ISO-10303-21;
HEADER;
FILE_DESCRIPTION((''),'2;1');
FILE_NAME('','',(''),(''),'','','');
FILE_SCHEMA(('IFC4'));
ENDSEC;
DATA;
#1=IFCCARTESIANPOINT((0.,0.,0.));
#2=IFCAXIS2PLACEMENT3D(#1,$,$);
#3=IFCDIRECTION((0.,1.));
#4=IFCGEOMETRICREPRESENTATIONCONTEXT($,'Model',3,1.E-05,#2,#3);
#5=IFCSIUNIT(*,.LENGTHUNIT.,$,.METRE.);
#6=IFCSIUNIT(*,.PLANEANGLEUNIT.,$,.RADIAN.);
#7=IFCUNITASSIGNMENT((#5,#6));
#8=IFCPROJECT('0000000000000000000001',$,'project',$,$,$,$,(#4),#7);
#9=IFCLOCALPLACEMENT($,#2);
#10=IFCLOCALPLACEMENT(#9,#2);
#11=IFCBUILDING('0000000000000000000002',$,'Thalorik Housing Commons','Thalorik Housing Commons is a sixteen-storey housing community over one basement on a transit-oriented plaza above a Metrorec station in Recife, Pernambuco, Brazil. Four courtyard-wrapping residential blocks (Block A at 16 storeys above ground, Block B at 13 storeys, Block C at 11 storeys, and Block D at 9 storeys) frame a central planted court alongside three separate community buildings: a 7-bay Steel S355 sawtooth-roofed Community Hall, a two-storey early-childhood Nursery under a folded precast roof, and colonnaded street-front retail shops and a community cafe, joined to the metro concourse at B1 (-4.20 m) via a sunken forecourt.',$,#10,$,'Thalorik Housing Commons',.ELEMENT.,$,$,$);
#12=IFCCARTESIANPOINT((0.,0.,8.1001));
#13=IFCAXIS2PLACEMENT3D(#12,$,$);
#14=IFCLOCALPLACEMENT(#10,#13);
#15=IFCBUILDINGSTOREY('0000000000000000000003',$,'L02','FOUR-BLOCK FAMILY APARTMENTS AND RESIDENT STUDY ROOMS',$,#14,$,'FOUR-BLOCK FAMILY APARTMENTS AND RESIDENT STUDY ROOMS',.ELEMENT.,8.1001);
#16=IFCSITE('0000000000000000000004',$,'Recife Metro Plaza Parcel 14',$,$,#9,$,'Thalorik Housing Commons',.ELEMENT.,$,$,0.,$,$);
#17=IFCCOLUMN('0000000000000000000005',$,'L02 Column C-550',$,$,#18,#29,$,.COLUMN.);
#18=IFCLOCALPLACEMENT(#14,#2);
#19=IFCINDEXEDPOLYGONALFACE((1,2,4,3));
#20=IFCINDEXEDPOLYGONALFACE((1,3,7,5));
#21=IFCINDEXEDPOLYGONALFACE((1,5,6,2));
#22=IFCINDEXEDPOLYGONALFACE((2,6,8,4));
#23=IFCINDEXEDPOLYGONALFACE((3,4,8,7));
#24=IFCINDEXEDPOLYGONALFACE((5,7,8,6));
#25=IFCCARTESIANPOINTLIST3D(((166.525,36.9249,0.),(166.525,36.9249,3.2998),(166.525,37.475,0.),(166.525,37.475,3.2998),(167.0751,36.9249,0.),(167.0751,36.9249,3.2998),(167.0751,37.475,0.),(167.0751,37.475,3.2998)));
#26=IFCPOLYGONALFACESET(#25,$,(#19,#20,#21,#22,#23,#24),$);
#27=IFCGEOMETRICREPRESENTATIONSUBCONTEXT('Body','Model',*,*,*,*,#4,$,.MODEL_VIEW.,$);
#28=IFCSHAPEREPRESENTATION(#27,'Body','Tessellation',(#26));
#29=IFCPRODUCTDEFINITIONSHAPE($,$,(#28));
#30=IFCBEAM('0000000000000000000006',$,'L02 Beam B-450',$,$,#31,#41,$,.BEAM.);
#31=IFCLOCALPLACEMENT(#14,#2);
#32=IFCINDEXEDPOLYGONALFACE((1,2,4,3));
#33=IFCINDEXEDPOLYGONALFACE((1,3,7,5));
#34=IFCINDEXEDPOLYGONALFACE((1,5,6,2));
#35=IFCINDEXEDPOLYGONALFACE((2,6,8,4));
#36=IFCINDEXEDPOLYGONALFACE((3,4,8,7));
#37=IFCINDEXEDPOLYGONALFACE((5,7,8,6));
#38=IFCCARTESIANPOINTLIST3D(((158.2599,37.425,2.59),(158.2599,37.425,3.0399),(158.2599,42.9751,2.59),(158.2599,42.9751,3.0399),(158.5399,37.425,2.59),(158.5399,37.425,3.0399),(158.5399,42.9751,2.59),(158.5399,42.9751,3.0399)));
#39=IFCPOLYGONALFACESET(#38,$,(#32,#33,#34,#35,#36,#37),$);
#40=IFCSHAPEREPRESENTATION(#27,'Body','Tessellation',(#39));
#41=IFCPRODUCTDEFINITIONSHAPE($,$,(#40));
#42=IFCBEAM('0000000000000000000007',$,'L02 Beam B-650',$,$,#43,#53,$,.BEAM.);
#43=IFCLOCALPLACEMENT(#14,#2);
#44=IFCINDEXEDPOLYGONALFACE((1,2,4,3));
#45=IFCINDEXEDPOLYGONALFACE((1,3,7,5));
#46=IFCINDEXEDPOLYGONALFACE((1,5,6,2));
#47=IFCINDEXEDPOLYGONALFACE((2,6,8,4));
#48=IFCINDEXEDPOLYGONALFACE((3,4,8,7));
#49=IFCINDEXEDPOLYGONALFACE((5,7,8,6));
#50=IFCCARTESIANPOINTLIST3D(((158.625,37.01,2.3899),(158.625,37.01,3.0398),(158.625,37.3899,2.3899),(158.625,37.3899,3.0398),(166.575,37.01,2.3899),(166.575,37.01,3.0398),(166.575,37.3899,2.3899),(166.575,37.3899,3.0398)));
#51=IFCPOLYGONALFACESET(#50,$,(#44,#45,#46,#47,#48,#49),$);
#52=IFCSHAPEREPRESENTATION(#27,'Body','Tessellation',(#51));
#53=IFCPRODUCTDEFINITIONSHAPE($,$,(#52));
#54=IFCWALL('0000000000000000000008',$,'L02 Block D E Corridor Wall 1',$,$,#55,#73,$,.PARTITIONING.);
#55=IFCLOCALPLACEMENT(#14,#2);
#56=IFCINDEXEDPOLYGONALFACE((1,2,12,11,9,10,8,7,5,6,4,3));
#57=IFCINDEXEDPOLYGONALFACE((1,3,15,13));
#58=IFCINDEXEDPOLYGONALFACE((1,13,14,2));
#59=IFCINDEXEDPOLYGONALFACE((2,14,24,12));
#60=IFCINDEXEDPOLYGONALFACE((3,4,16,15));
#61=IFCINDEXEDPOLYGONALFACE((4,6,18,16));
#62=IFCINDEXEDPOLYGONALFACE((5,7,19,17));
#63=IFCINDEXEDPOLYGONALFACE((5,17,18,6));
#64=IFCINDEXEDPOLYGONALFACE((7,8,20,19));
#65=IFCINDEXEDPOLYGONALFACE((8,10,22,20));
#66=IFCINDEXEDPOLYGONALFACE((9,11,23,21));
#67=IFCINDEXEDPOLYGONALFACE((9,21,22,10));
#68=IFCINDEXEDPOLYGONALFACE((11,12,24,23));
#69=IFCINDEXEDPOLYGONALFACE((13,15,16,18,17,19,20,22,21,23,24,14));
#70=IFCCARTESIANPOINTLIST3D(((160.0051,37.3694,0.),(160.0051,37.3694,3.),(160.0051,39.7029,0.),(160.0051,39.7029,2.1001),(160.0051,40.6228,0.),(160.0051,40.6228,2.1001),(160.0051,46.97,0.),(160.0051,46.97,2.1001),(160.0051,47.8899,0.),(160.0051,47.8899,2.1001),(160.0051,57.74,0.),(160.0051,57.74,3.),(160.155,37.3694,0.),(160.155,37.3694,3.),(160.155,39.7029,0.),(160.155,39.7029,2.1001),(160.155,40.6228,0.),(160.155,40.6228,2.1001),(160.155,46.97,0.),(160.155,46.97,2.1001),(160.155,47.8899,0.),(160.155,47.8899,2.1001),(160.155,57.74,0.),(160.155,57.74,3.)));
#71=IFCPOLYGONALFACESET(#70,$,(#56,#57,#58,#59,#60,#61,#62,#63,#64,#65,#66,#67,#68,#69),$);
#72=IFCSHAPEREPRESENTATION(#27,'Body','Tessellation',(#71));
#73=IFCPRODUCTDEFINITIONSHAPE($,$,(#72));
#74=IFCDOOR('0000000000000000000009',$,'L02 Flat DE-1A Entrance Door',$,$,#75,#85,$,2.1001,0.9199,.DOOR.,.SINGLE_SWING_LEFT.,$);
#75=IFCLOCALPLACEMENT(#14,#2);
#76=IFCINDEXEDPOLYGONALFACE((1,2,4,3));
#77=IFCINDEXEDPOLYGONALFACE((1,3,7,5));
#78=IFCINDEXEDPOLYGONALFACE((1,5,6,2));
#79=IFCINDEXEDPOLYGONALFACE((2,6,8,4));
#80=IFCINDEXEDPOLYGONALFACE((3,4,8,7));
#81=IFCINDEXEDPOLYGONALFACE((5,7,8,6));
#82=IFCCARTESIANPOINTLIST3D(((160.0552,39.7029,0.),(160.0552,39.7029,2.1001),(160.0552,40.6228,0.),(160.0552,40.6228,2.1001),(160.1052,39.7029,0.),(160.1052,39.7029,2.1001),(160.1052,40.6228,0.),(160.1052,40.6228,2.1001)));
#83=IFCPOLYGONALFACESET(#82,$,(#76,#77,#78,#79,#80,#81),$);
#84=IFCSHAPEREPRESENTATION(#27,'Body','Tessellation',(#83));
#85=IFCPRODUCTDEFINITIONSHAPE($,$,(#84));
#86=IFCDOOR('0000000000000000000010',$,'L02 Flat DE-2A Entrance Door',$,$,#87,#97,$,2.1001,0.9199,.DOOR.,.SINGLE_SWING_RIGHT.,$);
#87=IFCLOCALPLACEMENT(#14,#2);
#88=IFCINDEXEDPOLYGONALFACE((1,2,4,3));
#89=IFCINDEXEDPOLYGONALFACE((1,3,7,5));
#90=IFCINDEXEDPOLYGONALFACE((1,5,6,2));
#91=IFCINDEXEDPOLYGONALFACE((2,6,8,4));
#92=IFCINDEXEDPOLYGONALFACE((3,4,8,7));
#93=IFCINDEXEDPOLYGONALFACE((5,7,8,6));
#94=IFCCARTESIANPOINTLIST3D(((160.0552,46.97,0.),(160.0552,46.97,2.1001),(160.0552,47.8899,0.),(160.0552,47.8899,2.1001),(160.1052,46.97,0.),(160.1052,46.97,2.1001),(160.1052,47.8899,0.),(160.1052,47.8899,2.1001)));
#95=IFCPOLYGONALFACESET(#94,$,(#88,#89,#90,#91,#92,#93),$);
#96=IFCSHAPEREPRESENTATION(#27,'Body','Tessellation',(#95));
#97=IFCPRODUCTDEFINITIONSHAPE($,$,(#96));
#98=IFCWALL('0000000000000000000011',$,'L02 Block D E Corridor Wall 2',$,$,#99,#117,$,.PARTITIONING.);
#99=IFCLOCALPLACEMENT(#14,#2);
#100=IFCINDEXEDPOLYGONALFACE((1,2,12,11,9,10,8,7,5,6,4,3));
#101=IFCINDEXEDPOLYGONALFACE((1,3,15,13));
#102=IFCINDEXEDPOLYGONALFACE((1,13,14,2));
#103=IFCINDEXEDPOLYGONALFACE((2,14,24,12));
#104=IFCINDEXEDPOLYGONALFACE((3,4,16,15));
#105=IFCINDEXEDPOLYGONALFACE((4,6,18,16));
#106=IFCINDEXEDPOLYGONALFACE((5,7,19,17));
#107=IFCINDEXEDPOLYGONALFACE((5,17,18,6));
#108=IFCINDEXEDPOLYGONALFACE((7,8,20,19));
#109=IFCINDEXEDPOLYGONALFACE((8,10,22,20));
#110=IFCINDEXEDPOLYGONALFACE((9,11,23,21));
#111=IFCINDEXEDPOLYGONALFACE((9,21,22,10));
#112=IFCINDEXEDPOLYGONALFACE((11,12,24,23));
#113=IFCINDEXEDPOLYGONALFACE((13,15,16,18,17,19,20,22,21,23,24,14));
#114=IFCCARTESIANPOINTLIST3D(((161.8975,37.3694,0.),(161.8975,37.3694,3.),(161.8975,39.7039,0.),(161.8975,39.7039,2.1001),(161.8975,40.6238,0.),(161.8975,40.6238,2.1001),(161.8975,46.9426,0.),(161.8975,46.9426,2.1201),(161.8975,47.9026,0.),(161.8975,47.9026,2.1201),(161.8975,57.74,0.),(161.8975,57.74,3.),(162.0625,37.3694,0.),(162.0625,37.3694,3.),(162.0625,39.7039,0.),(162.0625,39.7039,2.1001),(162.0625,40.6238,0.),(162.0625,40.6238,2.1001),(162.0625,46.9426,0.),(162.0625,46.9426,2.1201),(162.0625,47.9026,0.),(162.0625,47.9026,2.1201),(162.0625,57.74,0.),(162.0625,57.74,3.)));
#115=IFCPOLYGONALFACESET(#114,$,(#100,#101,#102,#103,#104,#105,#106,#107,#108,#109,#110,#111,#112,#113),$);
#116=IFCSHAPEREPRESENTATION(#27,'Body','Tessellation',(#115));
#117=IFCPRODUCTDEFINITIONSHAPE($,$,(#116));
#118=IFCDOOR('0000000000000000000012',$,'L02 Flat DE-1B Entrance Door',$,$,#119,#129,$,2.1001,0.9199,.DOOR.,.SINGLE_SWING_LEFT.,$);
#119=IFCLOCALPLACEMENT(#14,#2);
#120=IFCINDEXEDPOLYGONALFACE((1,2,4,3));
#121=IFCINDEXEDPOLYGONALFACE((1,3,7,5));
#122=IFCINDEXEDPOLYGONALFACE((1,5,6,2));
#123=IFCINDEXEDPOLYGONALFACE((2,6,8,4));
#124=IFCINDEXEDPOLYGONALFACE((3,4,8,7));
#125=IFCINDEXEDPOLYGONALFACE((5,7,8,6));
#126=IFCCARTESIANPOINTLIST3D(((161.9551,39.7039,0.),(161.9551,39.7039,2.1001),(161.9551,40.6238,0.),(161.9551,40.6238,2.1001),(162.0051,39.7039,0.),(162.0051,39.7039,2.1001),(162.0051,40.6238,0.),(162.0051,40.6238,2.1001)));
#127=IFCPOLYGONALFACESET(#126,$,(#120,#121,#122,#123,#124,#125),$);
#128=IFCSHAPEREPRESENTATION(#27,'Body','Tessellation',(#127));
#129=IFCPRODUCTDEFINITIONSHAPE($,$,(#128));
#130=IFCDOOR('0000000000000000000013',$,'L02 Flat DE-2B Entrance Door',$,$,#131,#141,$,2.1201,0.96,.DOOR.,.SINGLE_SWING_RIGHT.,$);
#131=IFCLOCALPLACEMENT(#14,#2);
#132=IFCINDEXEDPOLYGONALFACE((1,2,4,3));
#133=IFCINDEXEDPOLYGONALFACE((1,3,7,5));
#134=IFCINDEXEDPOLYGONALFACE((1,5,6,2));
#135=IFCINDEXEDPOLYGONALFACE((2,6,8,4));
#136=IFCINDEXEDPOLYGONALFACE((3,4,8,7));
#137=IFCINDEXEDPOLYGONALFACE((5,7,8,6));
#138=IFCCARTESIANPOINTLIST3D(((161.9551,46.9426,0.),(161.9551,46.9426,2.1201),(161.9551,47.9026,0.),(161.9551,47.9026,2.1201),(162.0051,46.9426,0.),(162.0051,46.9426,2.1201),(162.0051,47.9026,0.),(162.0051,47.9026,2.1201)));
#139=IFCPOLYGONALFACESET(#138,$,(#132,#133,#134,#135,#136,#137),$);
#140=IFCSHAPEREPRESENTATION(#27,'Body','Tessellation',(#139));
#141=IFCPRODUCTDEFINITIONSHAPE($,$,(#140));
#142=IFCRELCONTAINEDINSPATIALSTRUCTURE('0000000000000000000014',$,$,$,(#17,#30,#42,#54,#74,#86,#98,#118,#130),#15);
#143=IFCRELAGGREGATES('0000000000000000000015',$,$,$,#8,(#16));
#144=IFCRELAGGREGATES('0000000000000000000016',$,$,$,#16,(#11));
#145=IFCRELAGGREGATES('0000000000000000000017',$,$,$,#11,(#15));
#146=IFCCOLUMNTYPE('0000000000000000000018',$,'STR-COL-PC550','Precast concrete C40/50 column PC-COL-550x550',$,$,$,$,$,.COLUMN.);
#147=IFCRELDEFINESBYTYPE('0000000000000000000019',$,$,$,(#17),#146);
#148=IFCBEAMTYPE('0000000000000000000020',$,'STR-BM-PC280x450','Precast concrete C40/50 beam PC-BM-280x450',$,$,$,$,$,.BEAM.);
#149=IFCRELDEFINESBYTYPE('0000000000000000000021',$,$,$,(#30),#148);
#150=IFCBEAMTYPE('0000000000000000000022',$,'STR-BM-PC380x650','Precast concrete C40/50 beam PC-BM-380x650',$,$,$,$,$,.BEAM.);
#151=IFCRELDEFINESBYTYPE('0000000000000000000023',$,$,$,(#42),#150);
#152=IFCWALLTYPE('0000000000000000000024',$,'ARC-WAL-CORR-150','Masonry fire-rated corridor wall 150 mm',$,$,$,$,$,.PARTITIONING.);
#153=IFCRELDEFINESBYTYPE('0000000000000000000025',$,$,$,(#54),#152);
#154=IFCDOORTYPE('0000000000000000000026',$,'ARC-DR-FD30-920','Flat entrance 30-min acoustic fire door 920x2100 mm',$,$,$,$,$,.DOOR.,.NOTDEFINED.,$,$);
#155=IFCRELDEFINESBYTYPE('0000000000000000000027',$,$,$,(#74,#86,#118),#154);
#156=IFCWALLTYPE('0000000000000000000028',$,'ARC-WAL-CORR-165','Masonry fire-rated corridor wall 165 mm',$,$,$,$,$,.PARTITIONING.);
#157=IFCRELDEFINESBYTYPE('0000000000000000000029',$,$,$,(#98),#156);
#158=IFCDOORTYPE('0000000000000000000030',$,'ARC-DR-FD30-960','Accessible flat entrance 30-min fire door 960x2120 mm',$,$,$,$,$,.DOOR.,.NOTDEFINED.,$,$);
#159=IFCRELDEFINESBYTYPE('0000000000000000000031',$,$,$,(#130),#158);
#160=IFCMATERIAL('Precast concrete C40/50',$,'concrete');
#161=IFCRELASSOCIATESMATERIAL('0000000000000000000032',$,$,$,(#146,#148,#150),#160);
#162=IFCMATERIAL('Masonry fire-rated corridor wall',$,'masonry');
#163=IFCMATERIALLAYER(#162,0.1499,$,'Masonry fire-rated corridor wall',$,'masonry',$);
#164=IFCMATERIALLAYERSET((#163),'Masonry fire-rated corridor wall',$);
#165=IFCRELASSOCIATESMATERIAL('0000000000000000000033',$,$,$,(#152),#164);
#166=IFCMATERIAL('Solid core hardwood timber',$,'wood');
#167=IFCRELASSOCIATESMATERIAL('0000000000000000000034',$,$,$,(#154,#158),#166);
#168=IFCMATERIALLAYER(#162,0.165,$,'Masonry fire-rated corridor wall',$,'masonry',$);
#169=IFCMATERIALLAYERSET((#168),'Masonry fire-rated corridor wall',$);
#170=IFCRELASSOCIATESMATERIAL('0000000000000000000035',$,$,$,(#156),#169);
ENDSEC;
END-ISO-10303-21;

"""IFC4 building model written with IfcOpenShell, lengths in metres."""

from ifc_helpers import new_model, si_unit, direction, frame, frame_2d, origin, origin_2d, place, context, subcontext, project, spatial, rectangle, extrude, material, layer, layer_set, material_profile, profile_set, type_object, element, fill, save


model = new_model("IFC4")

# Units and contexts
model_context = context("Model", 3, precision=1e-05, world=origin(), true_north=direction((0.0, 1.0)))
body_context = subcontext(model_context, "Body", "Model", "MODEL_VIEW")
ifc_project = project(units=[si_unit("LENGTHUNIT", "METRE"), si_unit("PLANEANGLEUNIT", "RADIAN")], contexts=[model_context])

# Site, building, storey
site_placement = place(None, origin())
site = spatial("IfcSite", under=ifc_project, at=site_placement, Name="Recife Metro Plaza Parcel 14", LongName="Thalorik Housing Commons", CompositionType="ELEMENT", RefElevation=0.0)
building_placement = place(site_placement, origin())
building = spatial("IfcBuilding", under=site, at=building_placement, Name="Thalorik Housing Commons", Description="Thalorik Housing Commons is a sixteen-storey housing community over one basement on a transit-oriented plaza above a Metrorec station in Recife, Pernambuco, Brazil. Four courtyard-wrapping residential blocks (Block A at 16 storeys above ground, Block B at 13 storeys, Block C at 11 storeys, and Block D at 9 storeys) frame a central planted court alongside three separate community buildings: a 7-bay Steel S355 sawtooth-roofed Community Hall, a two-storey early-childhood Nursery under a folded precast roof, and colonnaded street-front retail shops and a community cafe, joined to the metro concourse at B1 (-4.20 m) via a sunken forecourt.", LongName="Thalorik Housing Commons", CompositionType="ELEMENT")
storey_placement = place(building_placement, frame((0.0, 0.0, 8.1001)))
storey = spatial("IfcBuildingStorey", under=building, at=storey_placement, Name="L02", Description="FOUR-BLOCK FAMILY APARTMENTS AND RESIDENT STUDY ROOMS", LongName="FOUR-BLOCK FAMILY APARTMENTS AND RESIDENT STUDY ROOMS", CompositionType="ELEMENT", Elevation=8.1001)

# Column
ifc_material_1 = material(Name="Precast concrete C40/50", Category="concrete")
ifc_material_profile_1 = material_profile(ifc_material_1, rectangle(XDim=0.55, YDim=0.55, at=origin_2d()), Name="PC 550x550", Category="concrete")
ifc_profile_set_1 = profile_set([ifc_material_profile_1], Name="Precast concrete C40/50")
column_type = type_object("IfcColumnType", Name="STR-COL-PC550", Description="Precast concrete C40/50 column PC-COL-550x550", PredefinedType="COLUMN", material=ifc_profile_set_1)
column_placement = place(storey_placement, frame((166.8, 37.2, 0.0), z_axis=(0.0, 0.0, 1.0), x_axis=(1.0, 0.0, 0.0)))
element("IfcColumn", 1, at=column_placement, inside=storey, type_object=column_type, Name="L02 Column C-550", PredefinedType="COLUMN", context=body_context, shape_type="SweptSolid", body=[
    extrude(rectangle(XDim=0.55, YDim=0.55, at=origin_2d()), origin(), (0.0, 0.0, 1.0), 3.2998),
])

# Beams
ifc_material_profile_2 = material_profile(ifc_material_1, rectangle(XDim=0.28, YDim=0.45, at=origin_2d()), Name="PC 280x450", Category="concrete")
ifc_profile_set_2 = profile_set([ifc_material_profile_2], Name="Precast concrete C40/50")
beam_type_1 = type_object("IfcBeamType", Name="STR-BM-PC280x450", Description="Precast concrete C40/50 beam PC-BM-280x450", PredefinedType="BEAM", material=ifc_profile_set_2)
beam_1_placement = place(storey_placement, frame((158.3999, 37.425, 2.8149), z_axis=(0.0, 1.0, 0.0), x_axis=(-1.0, 0.0, 0.0)))
element("IfcBeam", 2, at=beam_1_placement, inside=storey, type_object=beam_type_1, Name="L02 Beam B-450", PredefinedType="BEAM", context=body_context, shape_type="SweptSolid", body=[
    extrude(rectangle(XDim=0.28, YDim=0.45, at=origin_2d()), origin(), (0.0, 0.0, 1.0), 5.55),
])
ifc_material_profile_3 = material_profile(ifc_material_1, rectangle(XDim=0.3799, YDim=0.6499, at=origin_2d()), Name="PC 380x650", Category="concrete")
ifc_profile_set_3 = profile_set([ifc_material_profile_3], Name="Precast concrete C40/50")
beam_type_2 = type_object("IfcBeamType", Name="STR-BM-PC380x650", Description="Precast concrete C40/50 beam PC-BM-380x650", PredefinedType="BEAM", material=ifc_profile_set_3)
beam_2_placement = place(storey_placement, frame((158.625, 37.2, 2.7148), z_axis=(1.0, 0.0, 0.0), x_axis=(0.0, 1.0, 0.0)))
element("IfcBeam", 3, at=beam_2_placement, inside=storey, type_object=beam_type_2, Name="L02 Beam B-650", PredefinedType="BEAM", context=body_context, shape_type="SweptSolid", body=[
    extrude(rectangle(XDim=0.3799, YDim=0.6499, at=origin_2d()), origin(), (0.0, 0.0, 1.0), 7.95),
])

# Walls, openings, doors
ifc_material_2 = material(Name="Masonry fire-rated corridor wall", Category="masonry")
ifc_layer_1 = layer(ifc_material_2, 0.1499, Name="Masonry fire-rated corridor wall", Category="masonry")
ifc_layer_set_1 = layer_set([ifc_layer_1], Name="Masonry fire-rated corridor wall")
wall_type_1 = type_object("IfcWallType", Name="ARC-WAL-CORR-150", Description="Masonry fire-rated corridor wall 150 mm", PredefinedType="PARTITIONING", material=ifc_layer_set_1)
wall_1_placement = place(storey_placement, frame((160.0801, 37.3694, 0.0), z_axis=(0.0, 0.0, 1.0), x_axis=(0.0, 1.0, 0.0)))
wall_1 = element("IfcWall", 4, at=wall_1_placement, inside=storey, type_object=wall_type_1, Name="L02 Block D E Corridor Wall 1", PredefinedType="PARTITIONING", context=body_context, shape_type="SweptSolid", body=[
    extrude(rectangle(XDim=20.3706, YDim=0.1499, at=frame_2d((10.1853, 0.0))), origin(), (0.0, 0.0, 1.0), 3.0),
])
opening_1_placement = place(wall_1_placement, frame((2.3335, 0.0, 0.0)))
opening_1 = element("IfcOpeningElement", 5, at=opening_1_placement, cuts=wall_1, PredefinedType="OPENING", context=body_context, shape_type="SweptSolid", body=[
    extrude(rectangle(XDim=0.9199, YDim=2.1001, at=frame_2d((0.46, 1.05))), frame((0.0, 0.085, 0.0), z_axis=(0.0, -1.0, 0.0), x_axis=(1.0, 0.0, 0.0)), (0.0, 0.0, 1.0), 0.1699),
])
opening_2_placement = place(wall_1_placement, frame((9.6006, 0.0, 0.0)))
opening_2 = element("IfcOpeningElement", 6, at=opening_2_placement, cuts=wall_1, PredefinedType="OPENING", context=body_context, shape_type="SweptSolid", body=[
    extrude(rectangle(XDim=0.9199, YDim=2.1001, at=frame_2d((0.46, 1.05))), frame((0.0, 0.085, 0.0), z_axis=(0.0, -1.0, 0.0), x_axis=(1.0, 0.0, 0.0)), (0.0, 0.0, 1.0), 0.1699),
])
ifc_material_3 = material(Name="Solid core hardwood timber", Category="wood")
door_type_1 = type_object("IfcDoorType", Name="ARC-DR-FD30-920", Description="Flat entrance 30-min acoustic fire door 920x2100 mm", OperationType="NOTDEFINED", PredefinedType="DOOR", material=ifc_material_3)
door_1_placement = place(opening_1_placement, origin())
door_1 = element("IfcDoor", 7, at=door_1_placement, inside=storey, type_object=door_type_1, Name="L02 Flat DE-1A Entrance Door", OperationType="SINGLE_SWING_LEFT", OverallHeight=2.1001, OverallWidth=0.9199, PredefinedType="DOOR", context=body_context, shape_type="SweptSolid", body=[
    extrude(rectangle(XDim=0.9199, YDim=2.1001, at=frame_2d((0.46, 1.05))), frame((0.0, 0.0249, 0.0), z_axis=(0.0, -1.0, 0.0), x_axis=(1.0, 0.0, 0.0)), (0.0, 0.0, 1.0), 0.05),
])
fill(opening_1, door_1)
door_2_placement = place(opening_2_placement, origin())
door_2 = element("IfcDoor", 8, at=door_2_placement, inside=storey, type_object=door_type_1, Name="L02 Flat DE-2A Entrance Door", OperationType="SINGLE_SWING_RIGHT", OverallHeight=2.1001, OverallWidth=0.9199, PredefinedType="DOOR", context=body_context, shape_type="SweptSolid", body=[
    extrude(rectangle(XDim=0.9199, YDim=2.1001, at=frame_2d((0.46, 1.05))), frame((0.0, 0.0249, 0.0), z_axis=(0.0, -1.0, 0.0), x_axis=(1.0, 0.0, 0.0)), (0.0, 0.0, 1.0), 0.05),
])
fill(opening_2, door_2)
ifc_layer_2 = layer(ifc_material_2, 0.165, Name="Masonry fire-rated corridor wall", Category="masonry")
ifc_layer_set_2 = layer_set([ifc_layer_2], Name="Masonry fire-rated corridor wall")
wall_type_2 = type_object("IfcWallType", Name="ARC-WAL-CORR-165", Description="Masonry fire-rated corridor wall 165 mm", PredefinedType="PARTITIONING", material=ifc_layer_set_2)
wall_2_placement = place(storey_placement, frame((161.98, 37.3694, 0.0), z_axis=(0.0, 0.0, 1.0), x_axis=(0.0, 1.0, 0.0)))
wall_2 = element("IfcWall", 9, at=wall_2_placement, inside=storey, type_object=wall_type_2, Name="L02 Block D E Corridor Wall 2", PredefinedType="PARTITIONING", context=body_context, shape_type="SweptSolid", body=[
    extrude(rectangle(XDim=20.3706, YDim=0.165, at=frame_2d((10.1853, 0.0))), origin(), (0.0, 0.0, 1.0), 3.0),
])
opening_3_placement = place(wall_2_placement, frame((2.3345, 0.0, 0.0)))
opening_3 = element("IfcOpeningElement", 10, at=opening_3_placement, cuts=wall_2, PredefinedType="OPENING", context=body_context, shape_type="SweptSolid", body=[
    extrude(rectangle(XDim=0.9199, YDim=2.1001, at=frame_2d((0.46, 1.05))), frame((0.0, 0.0925, 0.0), z_axis=(0.0, -1.0, 0.0), x_axis=(1.0, 0.0, 0.0)), (0.0, 0.0, 1.0), 0.1851),
])
opening_4_placement = place(wall_2_placement, frame((9.5732, 0.0, 0.0)))
opening_4 = element("IfcOpeningElement", 11, at=opening_4_placement, cuts=wall_2, PredefinedType="OPENING", context=body_context, shape_type="SweptSolid", body=[
    extrude(rectangle(XDim=0.96, YDim=2.1201, at=frame_2d((0.48, 1.0601))), frame((0.0, 0.0925, 0.0), z_axis=(0.0, -1.0, 0.0), x_axis=(1.0, 0.0, 0.0)), (0.0, 0.0, 1.0), 0.1851),
])
door_3_placement = place(opening_3_placement, origin())
door_3 = element("IfcDoor", 12, at=door_3_placement, inside=storey, type_object=door_type_1, Name="L02 Flat DE-1B Entrance Door", OperationType="SINGLE_SWING_LEFT", OverallHeight=2.1001, OverallWidth=0.9199, PredefinedType="DOOR", context=body_context, shape_type="SweptSolid", body=[
    extrude(rectangle(XDim=0.9199, YDim=2.1001, at=frame_2d((0.46, 1.05))), frame((0.0, 0.0249, 0.0), z_axis=(0.0, -1.0, 0.0), x_axis=(1.0, 0.0, 0.0)), (0.0, 0.0, 1.0), 0.05),
])
fill(opening_3, door_3)
door_type_2 = type_object("IfcDoorType", Name="ARC-DR-FD30-960", Description="Accessible flat entrance 30-min fire door 960x2120 mm", OperationType="NOTDEFINED", PredefinedType="DOOR", material=ifc_material_3)
door_4_placement = place(opening_4_placement, origin())
door_4 = element("IfcDoor", 13, at=door_4_placement, inside=storey, type_object=door_type_2, Name="L02 Flat DE-2B Entrance Door", OperationType="SINGLE_SWING_RIGHT", OverallHeight=2.1201, OverallWidth=0.96, PredefinedType="DOOR", context=body_context, shape_type="SweptSolid", body=[
    extrude(rectangle(XDim=0.96, YDim=2.1201, at=frame_2d((0.48, 1.0601))), frame((0.0, 0.0249, 0.0), z_axis=(0.0, -1.0, 0.0), x_axis=(1.0, 0.0, 0.0)), (0.0, 0.0, 1.0), 0.05),
])
fill(opening_4, door_4)

save(model, "model.ifc")
